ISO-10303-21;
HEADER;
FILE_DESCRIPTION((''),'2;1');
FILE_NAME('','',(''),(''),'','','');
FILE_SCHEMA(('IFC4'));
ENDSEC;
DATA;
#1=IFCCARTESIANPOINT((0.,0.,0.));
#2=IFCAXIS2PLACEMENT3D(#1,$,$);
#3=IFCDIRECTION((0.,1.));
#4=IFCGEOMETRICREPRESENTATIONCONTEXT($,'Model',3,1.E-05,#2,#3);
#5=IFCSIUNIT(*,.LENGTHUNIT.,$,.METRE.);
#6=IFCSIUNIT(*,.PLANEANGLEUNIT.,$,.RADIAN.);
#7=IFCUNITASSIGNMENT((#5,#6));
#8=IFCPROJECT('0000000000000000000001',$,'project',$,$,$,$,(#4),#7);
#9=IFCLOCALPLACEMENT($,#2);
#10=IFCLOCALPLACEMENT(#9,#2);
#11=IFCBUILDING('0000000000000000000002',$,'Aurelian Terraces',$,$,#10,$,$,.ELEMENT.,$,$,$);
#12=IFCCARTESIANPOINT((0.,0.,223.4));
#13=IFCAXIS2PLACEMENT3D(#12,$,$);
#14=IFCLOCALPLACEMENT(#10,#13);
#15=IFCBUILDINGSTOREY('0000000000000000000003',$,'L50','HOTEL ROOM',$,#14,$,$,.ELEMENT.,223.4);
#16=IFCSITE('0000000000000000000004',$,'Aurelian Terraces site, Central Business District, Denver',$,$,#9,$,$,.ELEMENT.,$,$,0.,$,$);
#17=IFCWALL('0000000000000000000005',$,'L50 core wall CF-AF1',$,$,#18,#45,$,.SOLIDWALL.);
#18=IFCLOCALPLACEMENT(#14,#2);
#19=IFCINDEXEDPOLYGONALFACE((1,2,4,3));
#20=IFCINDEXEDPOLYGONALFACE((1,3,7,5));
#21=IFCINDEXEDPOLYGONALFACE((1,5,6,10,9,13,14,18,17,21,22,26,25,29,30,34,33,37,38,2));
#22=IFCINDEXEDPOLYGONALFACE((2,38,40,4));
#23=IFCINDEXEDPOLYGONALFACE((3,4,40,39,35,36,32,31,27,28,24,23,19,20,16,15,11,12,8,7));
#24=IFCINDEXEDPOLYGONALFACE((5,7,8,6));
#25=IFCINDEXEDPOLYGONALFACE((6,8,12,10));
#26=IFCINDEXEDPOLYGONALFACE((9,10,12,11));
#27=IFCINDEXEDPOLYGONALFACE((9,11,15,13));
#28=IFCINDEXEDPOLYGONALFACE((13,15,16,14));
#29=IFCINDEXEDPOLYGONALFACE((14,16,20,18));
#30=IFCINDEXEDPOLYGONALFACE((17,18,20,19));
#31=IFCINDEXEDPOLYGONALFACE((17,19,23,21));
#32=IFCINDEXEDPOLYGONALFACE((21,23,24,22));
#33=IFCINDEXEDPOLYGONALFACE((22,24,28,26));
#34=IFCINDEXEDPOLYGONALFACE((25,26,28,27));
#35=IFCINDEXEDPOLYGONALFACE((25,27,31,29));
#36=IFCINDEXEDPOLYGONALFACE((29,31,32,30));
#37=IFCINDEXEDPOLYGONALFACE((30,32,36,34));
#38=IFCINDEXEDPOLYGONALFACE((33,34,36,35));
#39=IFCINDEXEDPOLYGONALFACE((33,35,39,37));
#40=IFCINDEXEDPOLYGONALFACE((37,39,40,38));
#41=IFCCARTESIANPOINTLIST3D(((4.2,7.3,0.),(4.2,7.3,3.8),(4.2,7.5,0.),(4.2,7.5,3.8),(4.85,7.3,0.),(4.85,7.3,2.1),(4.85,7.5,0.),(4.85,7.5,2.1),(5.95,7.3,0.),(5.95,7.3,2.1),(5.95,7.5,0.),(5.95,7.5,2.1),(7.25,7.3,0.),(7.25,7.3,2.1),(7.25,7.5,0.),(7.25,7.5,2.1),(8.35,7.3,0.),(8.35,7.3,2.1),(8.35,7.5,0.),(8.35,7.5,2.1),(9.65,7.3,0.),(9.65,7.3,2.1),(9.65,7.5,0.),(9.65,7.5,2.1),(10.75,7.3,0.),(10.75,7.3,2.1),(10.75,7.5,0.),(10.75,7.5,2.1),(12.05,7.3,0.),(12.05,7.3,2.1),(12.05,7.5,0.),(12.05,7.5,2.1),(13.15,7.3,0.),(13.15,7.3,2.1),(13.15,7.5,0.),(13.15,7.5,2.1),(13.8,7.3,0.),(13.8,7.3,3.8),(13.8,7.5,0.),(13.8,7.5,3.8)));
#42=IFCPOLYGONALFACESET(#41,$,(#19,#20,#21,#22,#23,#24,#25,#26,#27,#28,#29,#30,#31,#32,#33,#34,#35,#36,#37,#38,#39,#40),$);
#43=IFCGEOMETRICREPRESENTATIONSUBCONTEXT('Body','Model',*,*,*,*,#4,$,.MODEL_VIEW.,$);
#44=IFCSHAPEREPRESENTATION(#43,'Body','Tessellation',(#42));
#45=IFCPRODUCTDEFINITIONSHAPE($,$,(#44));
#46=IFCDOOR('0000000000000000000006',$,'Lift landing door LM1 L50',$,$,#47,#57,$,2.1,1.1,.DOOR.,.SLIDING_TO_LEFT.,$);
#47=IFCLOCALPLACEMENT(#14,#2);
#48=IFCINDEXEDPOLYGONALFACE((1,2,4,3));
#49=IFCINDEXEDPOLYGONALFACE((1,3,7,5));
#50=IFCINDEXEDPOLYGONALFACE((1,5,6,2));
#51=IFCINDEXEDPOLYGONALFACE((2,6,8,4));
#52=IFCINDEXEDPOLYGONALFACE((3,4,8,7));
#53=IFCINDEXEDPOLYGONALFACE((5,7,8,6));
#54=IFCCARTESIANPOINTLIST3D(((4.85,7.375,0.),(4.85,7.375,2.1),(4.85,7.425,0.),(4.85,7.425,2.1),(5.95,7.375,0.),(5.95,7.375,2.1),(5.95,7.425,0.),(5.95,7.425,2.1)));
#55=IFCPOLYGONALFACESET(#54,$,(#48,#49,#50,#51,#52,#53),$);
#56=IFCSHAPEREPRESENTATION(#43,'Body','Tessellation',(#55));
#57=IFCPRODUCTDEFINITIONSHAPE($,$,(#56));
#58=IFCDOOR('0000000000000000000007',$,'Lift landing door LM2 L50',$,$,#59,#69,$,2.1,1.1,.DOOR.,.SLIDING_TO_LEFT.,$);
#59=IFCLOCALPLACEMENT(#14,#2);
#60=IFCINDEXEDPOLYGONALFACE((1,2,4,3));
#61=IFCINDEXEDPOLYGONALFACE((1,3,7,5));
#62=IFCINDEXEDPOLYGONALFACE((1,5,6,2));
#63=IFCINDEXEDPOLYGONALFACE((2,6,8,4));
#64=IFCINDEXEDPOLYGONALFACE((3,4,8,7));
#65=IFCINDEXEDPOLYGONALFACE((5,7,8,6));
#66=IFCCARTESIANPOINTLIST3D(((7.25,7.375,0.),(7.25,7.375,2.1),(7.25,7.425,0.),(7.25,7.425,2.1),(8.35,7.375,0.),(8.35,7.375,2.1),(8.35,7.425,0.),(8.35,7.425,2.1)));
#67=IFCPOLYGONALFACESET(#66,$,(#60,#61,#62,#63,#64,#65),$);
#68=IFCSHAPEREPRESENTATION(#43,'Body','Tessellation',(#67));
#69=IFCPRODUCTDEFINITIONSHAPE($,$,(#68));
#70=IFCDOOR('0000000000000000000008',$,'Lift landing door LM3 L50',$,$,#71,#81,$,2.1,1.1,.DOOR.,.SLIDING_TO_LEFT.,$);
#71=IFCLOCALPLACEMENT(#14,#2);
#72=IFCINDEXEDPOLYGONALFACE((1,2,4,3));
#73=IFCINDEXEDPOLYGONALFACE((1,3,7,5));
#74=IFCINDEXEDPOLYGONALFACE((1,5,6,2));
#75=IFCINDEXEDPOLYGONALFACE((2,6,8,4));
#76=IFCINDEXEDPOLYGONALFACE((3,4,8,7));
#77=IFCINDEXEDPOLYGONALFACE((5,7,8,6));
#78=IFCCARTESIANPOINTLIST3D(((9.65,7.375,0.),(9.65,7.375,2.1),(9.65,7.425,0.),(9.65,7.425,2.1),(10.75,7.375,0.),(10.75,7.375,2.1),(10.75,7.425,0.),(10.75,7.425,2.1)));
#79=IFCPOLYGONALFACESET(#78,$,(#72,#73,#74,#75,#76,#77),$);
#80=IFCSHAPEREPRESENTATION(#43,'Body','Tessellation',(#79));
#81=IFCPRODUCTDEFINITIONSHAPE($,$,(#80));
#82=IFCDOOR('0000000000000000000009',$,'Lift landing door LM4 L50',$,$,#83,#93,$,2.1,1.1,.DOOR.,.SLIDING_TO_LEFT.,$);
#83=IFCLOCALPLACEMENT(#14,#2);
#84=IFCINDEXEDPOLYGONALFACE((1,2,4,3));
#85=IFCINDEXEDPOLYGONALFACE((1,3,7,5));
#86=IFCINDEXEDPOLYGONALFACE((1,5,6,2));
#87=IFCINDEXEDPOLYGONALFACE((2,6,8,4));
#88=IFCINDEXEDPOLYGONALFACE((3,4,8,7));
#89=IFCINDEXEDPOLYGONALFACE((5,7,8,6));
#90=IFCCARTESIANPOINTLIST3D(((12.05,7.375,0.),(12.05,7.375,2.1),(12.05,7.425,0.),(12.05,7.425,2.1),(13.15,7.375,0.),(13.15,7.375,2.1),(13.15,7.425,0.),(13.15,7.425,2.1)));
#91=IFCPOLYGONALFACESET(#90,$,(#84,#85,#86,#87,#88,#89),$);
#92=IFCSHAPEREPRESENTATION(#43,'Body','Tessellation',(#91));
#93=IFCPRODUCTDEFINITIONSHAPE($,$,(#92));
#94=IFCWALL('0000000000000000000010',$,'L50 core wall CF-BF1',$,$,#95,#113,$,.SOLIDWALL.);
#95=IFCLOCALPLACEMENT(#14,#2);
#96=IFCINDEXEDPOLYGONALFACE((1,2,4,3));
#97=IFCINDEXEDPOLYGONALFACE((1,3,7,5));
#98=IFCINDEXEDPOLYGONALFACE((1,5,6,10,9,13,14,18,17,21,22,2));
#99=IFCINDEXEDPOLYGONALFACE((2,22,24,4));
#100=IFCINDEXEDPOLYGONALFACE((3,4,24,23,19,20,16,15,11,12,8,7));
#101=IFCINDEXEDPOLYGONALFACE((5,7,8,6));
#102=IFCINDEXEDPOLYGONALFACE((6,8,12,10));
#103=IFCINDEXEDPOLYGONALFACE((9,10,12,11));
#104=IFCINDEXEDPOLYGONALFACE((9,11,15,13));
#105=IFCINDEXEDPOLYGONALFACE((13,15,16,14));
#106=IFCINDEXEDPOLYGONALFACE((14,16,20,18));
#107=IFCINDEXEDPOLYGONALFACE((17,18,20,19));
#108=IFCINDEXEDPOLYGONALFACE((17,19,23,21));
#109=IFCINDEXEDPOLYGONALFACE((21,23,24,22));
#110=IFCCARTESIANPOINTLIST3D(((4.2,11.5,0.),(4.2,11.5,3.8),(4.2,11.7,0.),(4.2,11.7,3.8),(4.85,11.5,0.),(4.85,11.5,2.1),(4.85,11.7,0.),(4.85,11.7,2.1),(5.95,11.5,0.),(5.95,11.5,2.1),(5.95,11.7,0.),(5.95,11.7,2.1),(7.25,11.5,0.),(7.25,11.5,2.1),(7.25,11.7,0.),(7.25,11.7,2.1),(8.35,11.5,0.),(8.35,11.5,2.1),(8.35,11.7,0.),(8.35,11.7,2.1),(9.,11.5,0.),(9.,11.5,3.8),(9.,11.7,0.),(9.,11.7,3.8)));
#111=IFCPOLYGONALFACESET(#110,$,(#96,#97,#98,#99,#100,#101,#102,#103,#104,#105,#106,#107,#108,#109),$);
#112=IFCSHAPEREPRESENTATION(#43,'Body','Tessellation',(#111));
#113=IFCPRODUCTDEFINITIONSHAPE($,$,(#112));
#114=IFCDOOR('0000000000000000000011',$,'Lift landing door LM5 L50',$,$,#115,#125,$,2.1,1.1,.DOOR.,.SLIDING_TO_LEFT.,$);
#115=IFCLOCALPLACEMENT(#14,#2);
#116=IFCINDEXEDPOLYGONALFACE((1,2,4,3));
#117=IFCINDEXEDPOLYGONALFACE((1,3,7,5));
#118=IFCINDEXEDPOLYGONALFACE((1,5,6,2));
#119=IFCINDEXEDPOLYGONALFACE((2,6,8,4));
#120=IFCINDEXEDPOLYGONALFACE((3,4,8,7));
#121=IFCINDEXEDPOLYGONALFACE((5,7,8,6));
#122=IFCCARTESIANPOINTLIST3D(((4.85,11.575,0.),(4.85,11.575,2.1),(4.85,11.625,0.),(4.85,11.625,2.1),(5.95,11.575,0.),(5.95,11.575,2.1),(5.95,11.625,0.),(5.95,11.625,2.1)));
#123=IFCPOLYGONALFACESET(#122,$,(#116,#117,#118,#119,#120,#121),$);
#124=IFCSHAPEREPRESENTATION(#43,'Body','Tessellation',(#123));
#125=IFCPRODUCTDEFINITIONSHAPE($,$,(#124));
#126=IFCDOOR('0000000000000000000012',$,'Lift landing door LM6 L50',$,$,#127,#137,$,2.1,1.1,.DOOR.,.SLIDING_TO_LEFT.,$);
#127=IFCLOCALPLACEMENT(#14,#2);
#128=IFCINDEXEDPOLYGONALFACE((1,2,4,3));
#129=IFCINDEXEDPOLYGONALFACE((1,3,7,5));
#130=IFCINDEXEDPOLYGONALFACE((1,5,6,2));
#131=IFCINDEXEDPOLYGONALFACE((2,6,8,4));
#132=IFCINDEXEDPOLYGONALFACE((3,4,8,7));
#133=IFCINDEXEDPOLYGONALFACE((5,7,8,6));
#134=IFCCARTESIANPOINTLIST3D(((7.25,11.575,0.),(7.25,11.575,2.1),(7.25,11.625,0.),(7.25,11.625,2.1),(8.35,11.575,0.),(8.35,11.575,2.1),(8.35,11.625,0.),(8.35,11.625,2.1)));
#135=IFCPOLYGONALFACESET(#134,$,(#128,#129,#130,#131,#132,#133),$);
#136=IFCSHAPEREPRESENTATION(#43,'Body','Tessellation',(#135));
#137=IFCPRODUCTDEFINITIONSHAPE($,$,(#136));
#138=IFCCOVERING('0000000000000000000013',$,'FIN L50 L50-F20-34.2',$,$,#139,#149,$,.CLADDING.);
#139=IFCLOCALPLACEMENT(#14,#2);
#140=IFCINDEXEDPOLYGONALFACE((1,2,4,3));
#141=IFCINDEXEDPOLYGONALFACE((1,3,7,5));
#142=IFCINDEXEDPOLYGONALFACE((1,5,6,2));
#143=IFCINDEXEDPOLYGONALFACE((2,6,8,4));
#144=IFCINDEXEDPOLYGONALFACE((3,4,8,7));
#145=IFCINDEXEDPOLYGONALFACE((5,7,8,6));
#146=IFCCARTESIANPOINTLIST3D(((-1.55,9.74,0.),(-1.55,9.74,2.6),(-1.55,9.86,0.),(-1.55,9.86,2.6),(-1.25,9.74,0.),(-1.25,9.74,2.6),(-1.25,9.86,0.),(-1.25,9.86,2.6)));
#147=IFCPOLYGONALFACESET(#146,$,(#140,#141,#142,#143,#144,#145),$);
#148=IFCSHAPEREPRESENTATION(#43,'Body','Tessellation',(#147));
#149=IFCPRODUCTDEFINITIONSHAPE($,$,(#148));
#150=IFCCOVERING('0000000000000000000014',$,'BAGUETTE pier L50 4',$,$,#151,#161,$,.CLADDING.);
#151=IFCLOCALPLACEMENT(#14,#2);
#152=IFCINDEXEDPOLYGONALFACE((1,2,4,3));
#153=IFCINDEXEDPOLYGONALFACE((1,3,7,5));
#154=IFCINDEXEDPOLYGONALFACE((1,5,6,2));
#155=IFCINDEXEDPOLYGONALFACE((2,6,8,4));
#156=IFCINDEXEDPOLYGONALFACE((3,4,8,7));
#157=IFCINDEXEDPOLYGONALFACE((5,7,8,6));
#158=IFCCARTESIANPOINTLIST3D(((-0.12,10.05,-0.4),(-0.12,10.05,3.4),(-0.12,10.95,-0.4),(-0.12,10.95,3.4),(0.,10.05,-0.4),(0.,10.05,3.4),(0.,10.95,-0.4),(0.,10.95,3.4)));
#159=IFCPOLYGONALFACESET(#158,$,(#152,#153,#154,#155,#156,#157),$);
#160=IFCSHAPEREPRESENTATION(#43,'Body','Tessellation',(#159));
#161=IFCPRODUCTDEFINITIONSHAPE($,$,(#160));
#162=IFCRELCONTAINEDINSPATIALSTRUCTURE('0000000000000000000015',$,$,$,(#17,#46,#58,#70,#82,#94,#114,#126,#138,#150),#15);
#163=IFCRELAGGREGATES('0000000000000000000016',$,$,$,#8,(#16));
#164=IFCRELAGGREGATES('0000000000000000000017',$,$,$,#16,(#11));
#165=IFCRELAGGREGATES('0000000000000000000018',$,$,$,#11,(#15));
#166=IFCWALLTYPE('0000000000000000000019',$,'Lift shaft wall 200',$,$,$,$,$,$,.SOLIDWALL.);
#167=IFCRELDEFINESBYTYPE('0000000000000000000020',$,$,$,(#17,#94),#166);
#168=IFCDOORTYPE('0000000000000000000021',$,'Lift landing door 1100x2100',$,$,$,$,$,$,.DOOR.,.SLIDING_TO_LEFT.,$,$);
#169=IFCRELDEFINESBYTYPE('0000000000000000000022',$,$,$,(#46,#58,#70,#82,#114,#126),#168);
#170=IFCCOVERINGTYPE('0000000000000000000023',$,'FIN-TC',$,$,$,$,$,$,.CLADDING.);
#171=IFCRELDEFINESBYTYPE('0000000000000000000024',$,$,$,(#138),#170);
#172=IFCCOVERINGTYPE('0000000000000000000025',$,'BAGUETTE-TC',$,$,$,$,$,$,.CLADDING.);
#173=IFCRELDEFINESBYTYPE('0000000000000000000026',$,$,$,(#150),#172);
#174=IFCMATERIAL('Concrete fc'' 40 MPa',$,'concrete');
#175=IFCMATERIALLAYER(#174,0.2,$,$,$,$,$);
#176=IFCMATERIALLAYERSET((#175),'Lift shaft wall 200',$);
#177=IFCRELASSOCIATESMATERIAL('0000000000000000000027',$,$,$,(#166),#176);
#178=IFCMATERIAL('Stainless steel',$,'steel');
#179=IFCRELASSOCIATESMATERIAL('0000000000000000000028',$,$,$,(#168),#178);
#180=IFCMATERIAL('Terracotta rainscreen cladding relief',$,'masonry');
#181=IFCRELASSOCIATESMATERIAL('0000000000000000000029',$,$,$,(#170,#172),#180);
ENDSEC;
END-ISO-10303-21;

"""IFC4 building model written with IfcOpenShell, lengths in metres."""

from ifc_helpers import new_model, si_unit, direction, frame, frame_2d, origin, origin_2d, place, context, subcontext, project, spatial, rectangle, extrude, source, transform, mapped, material, layer, layer_set, type_object, element, fill, save


model = new_model("IFC4")

# Units and contexts
model_context = context("Model", 3, precision=1e-05, world=origin(), true_north=direction((0.0, 1.0)))
body_context = subcontext(model_context, "Body", "Model", "MODEL_VIEW")
ifc_project = project(units=[si_unit("LENGTHUNIT", "METRE"), si_unit("PLANEANGLEUNIT", "RADIAN")], contexts=[model_context])

# Site, building, storey
site_placement = place(None, origin())
site = spatial("IfcSite", under=ifc_project, at=site_placement, Name="Aurelian Terraces site, Central Business District, Denver", CompositionType="ELEMENT", RefElevation=0.0)
building_placement = place(site_placement, origin())
building = spatial("IfcBuilding", under=site, at=building_placement, Name="Aurelian Terraces", CompositionType="ELEMENT")
storey_placement = place(building_placement, frame((0.0, 0.0, 223.4)))
storey = spatial("IfcBuildingStorey", under=building, at=storey_placement, Name="L50", Description="HOTEL ROOM", CompositionType="ELEMENT", Elevation=223.4)

# Walls, openings, doors
ifc_material_1 = material(Name="Concrete fc' 40 MPa", Category="concrete")
ifc_layer_1 = layer(ifc_material_1, 0.2)
ifc_layer_set_1 = layer_set([ifc_layer_1], Name="Lift shaft wall 200")
wall_type_1 = type_object("IfcWallType", Name="Lift shaft wall 200", PredefinedType="SOLIDWALL", material=ifc_layer_set_1)
shared_shape_1 = source(origin(), body_context, "Body", "SweptSolid", [
    extrude(rectangle(XDim=9.6, YDim=0.2, at=frame_2d((4.8, 0.0))), origin(), (0.0, 0.0, 1.0), 3.8),
])
wall_1_placement = place(storey_placement, frame((4.2, 7.4, 0.0), z_axis=(0.0, 0.0, 1.0), x_axis=(1.0, 0.0, 0.0)))
wall_1 = element("IfcWall", 1, at=wall_1_placement, inside=storey, type_object=wall_type_1, Name="L50 core wall CF-AF1", PredefinedType="SOLIDWALL", context=body_context, shape_type="MappedRepresentation", body=[
    mapped(shared_shape_1, transform((0.0, 0.0, 0.0), scale=1.0)),
])
shared_shape_2 = source(origin(), body_context, "Body", "SweptSolid", [
    extrude(rectangle(XDim=1.1, YDim=2.1, at=frame_2d((0.55, 1.05))), frame((0.0, 0.11, 0.0), z_axis=(0.0, -1.0, 0.0), x_axis=(1.0, 0.0, 0.0)), (0.0, 0.0, 1.0), 0.22),
])
opening_1_placement = place(wall_1_placement, frame((0.65, 0.0, 0.0)))
opening_1 = element("IfcOpeningElement", 2, at=opening_1_placement, cuts=wall_1, PredefinedType="OPENING", context=body_context, shape_type="MappedRepresentation", body=[
    mapped(shared_shape_2, transform((0.0, 0.0, 0.0), scale=1.0)),
])
opening_2_placement = place(wall_1_placement, frame((3.05, 0.0, 0.0)))
opening_2 = element("IfcOpeningElement", 3, at=opening_2_placement, cuts=wall_1, PredefinedType="OPENING", context=body_context, shape_type="MappedRepresentation", body=[
    mapped(shared_shape_2, transform((0.0, 0.0, 0.0), scale=1.0)),
])
opening_3_placement = place(wall_1_placement, frame((5.45, 0.0, 0.0)))
opening_3 = element("IfcOpeningElement", 4, at=opening_3_placement, cuts=wall_1, PredefinedType="OPENING", context=body_context, shape_type="MappedRepresentation", body=[
    mapped(shared_shape_2, transform((0.0, 0.0, 0.0), scale=1.0)),
])
opening_4_placement = place(wall_1_placement, frame((7.85, 0.0, 0.0)))
opening_4 = element("IfcOpeningElement", 5, at=opening_4_placement, cuts=wall_1, PredefinedType="OPENING", context=body_context, shape_type="MappedRepresentation", body=[
    mapped(shared_shape_2, transform((0.0, 0.0, 0.0), scale=1.0)),
])
ifc_material_2 = material(Name="Stainless steel", Category="steel")
door_type = type_object("IfcDoorType", Name="Lift landing door 1100x2100", OperationType="SLIDING_TO_LEFT", PredefinedType="DOOR", material=ifc_material_2)
shared_shape_3 = source(origin(), body_context, "Body", "SweptSolid", [
    extrude(rectangle(XDim=1.1, YDim=2.1, at=frame_2d((0.55, 1.05))), frame((0.0, 0.025, 0.0), z_axis=(0.0, -1.0, 0.0), x_axis=(1.0, 0.0, 0.0)), (0.0, 0.0, 1.0), 0.05),
])
door_1_placement = place(opening_1_placement, origin())
door_1 = element("IfcDoor", 6, at=door_1_placement, inside=storey, type_object=door_type, Name="Lift landing door LM1 L50", OperationType="SLIDING_TO_LEFT", OverallHeight=2.1, OverallWidth=1.1, PredefinedType="DOOR", context=body_context, shape_type="MappedRepresentation", body=[
    mapped(shared_shape_3, transform((0.0, 0.0, 0.0), scale=1.0)),
])
fill(opening_1, door_1)
door_2_placement = place(opening_2_placement, origin())
door_2 = element("IfcDoor", 7, at=door_2_placement, inside=storey, type_object=door_type, Name="Lift landing door LM2 L50", OperationType="SLIDING_TO_LEFT", OverallHeight=2.1, OverallWidth=1.1, PredefinedType="DOOR", context=body_context, shape_type="MappedRepresentation", body=[
    mapped(shared_shape_3, transform((0.0, 0.0, 0.0), scale=1.0)),
])
fill(opening_2, door_2)
door_3_placement = place(opening_3_placement, origin())
door_3 = element("IfcDoor", 8, at=door_3_placement, inside=storey, type_object=door_type, Name="Lift landing door LM3 L50", OperationType="SLIDING_TO_LEFT", OverallHeight=2.1, OverallWidth=1.1, PredefinedType="DOOR", context=body_context, shape_type="MappedRepresentation", body=[
    mapped(shared_shape_3, transform((0.0, 0.0, 0.0), scale=1.0)),
])
fill(opening_3, door_3)
door_4_placement = place(opening_4_placement, origin())
door_4 = element("IfcDoor", 9, at=door_4_placement, inside=storey, type_object=door_type, Name="Lift landing door LM4 L50", OperationType="SLIDING_TO_LEFT", OverallHeight=2.1, OverallWidth=1.1, PredefinedType="DOOR", context=body_context, shape_type="MappedRepresentation", body=[
    mapped(shared_shape_3, transform((0.0, 0.0, 0.0), scale=1.0)),
])
fill(opening_4, door_4)
shared_shape_4 = source(origin(), body_context, "Body", "SweptSolid", [
    extrude(rectangle(XDim=4.8, YDim=0.2, at=frame_2d((2.4, 0.0))), origin(), (0.0, 0.0, 1.0), 3.8),
])
wall_2_placement = place(storey_placement, frame((4.2, 11.6, 0.0), z_axis=(0.0, 0.0, 1.0), x_axis=(1.0, 0.0, 0.0)))
wall_2 = element("IfcWall", 10, at=wall_2_placement, inside=storey, type_object=wall_type_1, Name="L50 core wall CF-BF1", PredefinedType="SOLIDWALL", context=body_context, shape_type="MappedRepresentation", body=[
    mapped(shared_shape_4, transform((0.0, 0.0, 0.0), scale=1.0)),
])
opening_5_placement = place(wall_2_placement, frame((0.65, 0.0, 0.0)))
opening_5 = element("IfcOpeningElement", 11, at=opening_5_placement, cuts=wall_2, PredefinedType="OPENING", context=body_context, shape_type="MappedRepresentation", body=[
    mapped(shared_shape_2, transform((0.0, 0.0, 0.0), scale=1.0)),
])
opening_6_placement = place(wall_2_placement, frame((3.05, 0.0, 0.0)))
opening_6 = element("IfcOpeningElement", 12, at=opening_6_placement, cuts=wall_2, PredefinedType="OPENING", context=body_context, shape_type="MappedRepresentation", body=[
    mapped(shared_shape_2, transform((0.0, 0.0, 0.0), scale=1.0)),
])
door_5_placement = place(opening_5_placement, origin())
door_5 = element("IfcDoor", 13, at=door_5_placement, inside=storey, type_object=door_type, Name="Lift landing door LM5 L50", OperationType="SLIDING_TO_LEFT", OverallHeight=2.1, OverallWidth=1.1, PredefinedType="DOOR", context=body_context, shape_type="MappedRepresentation", body=[
    mapped(shared_shape_3, transform((0.0, 0.0, 0.0), scale=1.0)),
])
fill(opening_5, door_5)
door_6_placement = place(opening_6_placement, origin())
door_6 = element("IfcDoor", 14, at=door_6_placement, inside=storey, type_object=door_type, Name="Lift landing door LM6 L50", OperationType="SLIDING_TO_LEFT", OverallHeight=2.1, OverallWidth=1.1, PredefinedType="DOOR", context=body_context, shape_type="MappedRepresentation", body=[
    mapped(shared_shape_3, transform((0.0, 0.0, 0.0), scale=1.0)),
])
fill(opening_6, door_6)

# Coverings
ifc_material_3 = material(Name="Terracotta rainscreen cladding relief", Category="masonry")
covering_type_1 = type_object("IfcCoveringType", Name="FIN-TC", PredefinedType="CLADDING", material=ifc_material_3)
shared_shape_5 = source(origin(), body_context, "Body", "SweptSolid", [
    extrude(rectangle(XDim=0.3, YDim=0.12, at=origin_2d()), origin(), (0.0, 0.0, 1.0), 2.6),
])
covering_1_placement = place(storey_placement, frame((-1.4, 9.8, 0.0), z_axis=(0.0, 0.0, 1.0), x_axis=(1.0, 0.0, 0.0)))
element("IfcCovering", 15, at=covering_1_placement, inside=storey, type_object=covering_type_1, Name="FIN L50 L50-F20-34.2", PredefinedType="CLADDING", context=body_context, shape_type="MappedRepresentation", body=[
    mapped(shared_shape_5, transform((0.0, 0.0, 0.0), scale=1.0)),
])
covering_type_2 = type_object("IfcCoveringType", Name="BAGUETTE-TC", PredefinedType="CLADDING", material=ifc_material_3)
shared_shape_6 = source(origin(), body_context, "Body", "SweptSolid", [
    extrude(rectangle(XDim=0.12, YDim=0.9, at=origin_2d()), origin(), (0.0, 0.0, 1.0), 3.8),
])
covering_2_placement = place(storey_placement, frame((-0.06, 10.5, -0.4), z_axis=(0.0, 0.0, 1.0), x_axis=(1.0, 0.0, 0.0)))
element("IfcCovering", 16, at=covering_2_placement, inside=storey, type_object=covering_type_2, Name="BAGUETTE pier L50 4", PredefinedType="CLADDING", context=body_context, shape_type="MappedRepresentation", body=[
    mapped(shared_shape_6, transform((0.0, 0.0, 0.0), scale=1.0)),
])

save(model, "model.ifc")
